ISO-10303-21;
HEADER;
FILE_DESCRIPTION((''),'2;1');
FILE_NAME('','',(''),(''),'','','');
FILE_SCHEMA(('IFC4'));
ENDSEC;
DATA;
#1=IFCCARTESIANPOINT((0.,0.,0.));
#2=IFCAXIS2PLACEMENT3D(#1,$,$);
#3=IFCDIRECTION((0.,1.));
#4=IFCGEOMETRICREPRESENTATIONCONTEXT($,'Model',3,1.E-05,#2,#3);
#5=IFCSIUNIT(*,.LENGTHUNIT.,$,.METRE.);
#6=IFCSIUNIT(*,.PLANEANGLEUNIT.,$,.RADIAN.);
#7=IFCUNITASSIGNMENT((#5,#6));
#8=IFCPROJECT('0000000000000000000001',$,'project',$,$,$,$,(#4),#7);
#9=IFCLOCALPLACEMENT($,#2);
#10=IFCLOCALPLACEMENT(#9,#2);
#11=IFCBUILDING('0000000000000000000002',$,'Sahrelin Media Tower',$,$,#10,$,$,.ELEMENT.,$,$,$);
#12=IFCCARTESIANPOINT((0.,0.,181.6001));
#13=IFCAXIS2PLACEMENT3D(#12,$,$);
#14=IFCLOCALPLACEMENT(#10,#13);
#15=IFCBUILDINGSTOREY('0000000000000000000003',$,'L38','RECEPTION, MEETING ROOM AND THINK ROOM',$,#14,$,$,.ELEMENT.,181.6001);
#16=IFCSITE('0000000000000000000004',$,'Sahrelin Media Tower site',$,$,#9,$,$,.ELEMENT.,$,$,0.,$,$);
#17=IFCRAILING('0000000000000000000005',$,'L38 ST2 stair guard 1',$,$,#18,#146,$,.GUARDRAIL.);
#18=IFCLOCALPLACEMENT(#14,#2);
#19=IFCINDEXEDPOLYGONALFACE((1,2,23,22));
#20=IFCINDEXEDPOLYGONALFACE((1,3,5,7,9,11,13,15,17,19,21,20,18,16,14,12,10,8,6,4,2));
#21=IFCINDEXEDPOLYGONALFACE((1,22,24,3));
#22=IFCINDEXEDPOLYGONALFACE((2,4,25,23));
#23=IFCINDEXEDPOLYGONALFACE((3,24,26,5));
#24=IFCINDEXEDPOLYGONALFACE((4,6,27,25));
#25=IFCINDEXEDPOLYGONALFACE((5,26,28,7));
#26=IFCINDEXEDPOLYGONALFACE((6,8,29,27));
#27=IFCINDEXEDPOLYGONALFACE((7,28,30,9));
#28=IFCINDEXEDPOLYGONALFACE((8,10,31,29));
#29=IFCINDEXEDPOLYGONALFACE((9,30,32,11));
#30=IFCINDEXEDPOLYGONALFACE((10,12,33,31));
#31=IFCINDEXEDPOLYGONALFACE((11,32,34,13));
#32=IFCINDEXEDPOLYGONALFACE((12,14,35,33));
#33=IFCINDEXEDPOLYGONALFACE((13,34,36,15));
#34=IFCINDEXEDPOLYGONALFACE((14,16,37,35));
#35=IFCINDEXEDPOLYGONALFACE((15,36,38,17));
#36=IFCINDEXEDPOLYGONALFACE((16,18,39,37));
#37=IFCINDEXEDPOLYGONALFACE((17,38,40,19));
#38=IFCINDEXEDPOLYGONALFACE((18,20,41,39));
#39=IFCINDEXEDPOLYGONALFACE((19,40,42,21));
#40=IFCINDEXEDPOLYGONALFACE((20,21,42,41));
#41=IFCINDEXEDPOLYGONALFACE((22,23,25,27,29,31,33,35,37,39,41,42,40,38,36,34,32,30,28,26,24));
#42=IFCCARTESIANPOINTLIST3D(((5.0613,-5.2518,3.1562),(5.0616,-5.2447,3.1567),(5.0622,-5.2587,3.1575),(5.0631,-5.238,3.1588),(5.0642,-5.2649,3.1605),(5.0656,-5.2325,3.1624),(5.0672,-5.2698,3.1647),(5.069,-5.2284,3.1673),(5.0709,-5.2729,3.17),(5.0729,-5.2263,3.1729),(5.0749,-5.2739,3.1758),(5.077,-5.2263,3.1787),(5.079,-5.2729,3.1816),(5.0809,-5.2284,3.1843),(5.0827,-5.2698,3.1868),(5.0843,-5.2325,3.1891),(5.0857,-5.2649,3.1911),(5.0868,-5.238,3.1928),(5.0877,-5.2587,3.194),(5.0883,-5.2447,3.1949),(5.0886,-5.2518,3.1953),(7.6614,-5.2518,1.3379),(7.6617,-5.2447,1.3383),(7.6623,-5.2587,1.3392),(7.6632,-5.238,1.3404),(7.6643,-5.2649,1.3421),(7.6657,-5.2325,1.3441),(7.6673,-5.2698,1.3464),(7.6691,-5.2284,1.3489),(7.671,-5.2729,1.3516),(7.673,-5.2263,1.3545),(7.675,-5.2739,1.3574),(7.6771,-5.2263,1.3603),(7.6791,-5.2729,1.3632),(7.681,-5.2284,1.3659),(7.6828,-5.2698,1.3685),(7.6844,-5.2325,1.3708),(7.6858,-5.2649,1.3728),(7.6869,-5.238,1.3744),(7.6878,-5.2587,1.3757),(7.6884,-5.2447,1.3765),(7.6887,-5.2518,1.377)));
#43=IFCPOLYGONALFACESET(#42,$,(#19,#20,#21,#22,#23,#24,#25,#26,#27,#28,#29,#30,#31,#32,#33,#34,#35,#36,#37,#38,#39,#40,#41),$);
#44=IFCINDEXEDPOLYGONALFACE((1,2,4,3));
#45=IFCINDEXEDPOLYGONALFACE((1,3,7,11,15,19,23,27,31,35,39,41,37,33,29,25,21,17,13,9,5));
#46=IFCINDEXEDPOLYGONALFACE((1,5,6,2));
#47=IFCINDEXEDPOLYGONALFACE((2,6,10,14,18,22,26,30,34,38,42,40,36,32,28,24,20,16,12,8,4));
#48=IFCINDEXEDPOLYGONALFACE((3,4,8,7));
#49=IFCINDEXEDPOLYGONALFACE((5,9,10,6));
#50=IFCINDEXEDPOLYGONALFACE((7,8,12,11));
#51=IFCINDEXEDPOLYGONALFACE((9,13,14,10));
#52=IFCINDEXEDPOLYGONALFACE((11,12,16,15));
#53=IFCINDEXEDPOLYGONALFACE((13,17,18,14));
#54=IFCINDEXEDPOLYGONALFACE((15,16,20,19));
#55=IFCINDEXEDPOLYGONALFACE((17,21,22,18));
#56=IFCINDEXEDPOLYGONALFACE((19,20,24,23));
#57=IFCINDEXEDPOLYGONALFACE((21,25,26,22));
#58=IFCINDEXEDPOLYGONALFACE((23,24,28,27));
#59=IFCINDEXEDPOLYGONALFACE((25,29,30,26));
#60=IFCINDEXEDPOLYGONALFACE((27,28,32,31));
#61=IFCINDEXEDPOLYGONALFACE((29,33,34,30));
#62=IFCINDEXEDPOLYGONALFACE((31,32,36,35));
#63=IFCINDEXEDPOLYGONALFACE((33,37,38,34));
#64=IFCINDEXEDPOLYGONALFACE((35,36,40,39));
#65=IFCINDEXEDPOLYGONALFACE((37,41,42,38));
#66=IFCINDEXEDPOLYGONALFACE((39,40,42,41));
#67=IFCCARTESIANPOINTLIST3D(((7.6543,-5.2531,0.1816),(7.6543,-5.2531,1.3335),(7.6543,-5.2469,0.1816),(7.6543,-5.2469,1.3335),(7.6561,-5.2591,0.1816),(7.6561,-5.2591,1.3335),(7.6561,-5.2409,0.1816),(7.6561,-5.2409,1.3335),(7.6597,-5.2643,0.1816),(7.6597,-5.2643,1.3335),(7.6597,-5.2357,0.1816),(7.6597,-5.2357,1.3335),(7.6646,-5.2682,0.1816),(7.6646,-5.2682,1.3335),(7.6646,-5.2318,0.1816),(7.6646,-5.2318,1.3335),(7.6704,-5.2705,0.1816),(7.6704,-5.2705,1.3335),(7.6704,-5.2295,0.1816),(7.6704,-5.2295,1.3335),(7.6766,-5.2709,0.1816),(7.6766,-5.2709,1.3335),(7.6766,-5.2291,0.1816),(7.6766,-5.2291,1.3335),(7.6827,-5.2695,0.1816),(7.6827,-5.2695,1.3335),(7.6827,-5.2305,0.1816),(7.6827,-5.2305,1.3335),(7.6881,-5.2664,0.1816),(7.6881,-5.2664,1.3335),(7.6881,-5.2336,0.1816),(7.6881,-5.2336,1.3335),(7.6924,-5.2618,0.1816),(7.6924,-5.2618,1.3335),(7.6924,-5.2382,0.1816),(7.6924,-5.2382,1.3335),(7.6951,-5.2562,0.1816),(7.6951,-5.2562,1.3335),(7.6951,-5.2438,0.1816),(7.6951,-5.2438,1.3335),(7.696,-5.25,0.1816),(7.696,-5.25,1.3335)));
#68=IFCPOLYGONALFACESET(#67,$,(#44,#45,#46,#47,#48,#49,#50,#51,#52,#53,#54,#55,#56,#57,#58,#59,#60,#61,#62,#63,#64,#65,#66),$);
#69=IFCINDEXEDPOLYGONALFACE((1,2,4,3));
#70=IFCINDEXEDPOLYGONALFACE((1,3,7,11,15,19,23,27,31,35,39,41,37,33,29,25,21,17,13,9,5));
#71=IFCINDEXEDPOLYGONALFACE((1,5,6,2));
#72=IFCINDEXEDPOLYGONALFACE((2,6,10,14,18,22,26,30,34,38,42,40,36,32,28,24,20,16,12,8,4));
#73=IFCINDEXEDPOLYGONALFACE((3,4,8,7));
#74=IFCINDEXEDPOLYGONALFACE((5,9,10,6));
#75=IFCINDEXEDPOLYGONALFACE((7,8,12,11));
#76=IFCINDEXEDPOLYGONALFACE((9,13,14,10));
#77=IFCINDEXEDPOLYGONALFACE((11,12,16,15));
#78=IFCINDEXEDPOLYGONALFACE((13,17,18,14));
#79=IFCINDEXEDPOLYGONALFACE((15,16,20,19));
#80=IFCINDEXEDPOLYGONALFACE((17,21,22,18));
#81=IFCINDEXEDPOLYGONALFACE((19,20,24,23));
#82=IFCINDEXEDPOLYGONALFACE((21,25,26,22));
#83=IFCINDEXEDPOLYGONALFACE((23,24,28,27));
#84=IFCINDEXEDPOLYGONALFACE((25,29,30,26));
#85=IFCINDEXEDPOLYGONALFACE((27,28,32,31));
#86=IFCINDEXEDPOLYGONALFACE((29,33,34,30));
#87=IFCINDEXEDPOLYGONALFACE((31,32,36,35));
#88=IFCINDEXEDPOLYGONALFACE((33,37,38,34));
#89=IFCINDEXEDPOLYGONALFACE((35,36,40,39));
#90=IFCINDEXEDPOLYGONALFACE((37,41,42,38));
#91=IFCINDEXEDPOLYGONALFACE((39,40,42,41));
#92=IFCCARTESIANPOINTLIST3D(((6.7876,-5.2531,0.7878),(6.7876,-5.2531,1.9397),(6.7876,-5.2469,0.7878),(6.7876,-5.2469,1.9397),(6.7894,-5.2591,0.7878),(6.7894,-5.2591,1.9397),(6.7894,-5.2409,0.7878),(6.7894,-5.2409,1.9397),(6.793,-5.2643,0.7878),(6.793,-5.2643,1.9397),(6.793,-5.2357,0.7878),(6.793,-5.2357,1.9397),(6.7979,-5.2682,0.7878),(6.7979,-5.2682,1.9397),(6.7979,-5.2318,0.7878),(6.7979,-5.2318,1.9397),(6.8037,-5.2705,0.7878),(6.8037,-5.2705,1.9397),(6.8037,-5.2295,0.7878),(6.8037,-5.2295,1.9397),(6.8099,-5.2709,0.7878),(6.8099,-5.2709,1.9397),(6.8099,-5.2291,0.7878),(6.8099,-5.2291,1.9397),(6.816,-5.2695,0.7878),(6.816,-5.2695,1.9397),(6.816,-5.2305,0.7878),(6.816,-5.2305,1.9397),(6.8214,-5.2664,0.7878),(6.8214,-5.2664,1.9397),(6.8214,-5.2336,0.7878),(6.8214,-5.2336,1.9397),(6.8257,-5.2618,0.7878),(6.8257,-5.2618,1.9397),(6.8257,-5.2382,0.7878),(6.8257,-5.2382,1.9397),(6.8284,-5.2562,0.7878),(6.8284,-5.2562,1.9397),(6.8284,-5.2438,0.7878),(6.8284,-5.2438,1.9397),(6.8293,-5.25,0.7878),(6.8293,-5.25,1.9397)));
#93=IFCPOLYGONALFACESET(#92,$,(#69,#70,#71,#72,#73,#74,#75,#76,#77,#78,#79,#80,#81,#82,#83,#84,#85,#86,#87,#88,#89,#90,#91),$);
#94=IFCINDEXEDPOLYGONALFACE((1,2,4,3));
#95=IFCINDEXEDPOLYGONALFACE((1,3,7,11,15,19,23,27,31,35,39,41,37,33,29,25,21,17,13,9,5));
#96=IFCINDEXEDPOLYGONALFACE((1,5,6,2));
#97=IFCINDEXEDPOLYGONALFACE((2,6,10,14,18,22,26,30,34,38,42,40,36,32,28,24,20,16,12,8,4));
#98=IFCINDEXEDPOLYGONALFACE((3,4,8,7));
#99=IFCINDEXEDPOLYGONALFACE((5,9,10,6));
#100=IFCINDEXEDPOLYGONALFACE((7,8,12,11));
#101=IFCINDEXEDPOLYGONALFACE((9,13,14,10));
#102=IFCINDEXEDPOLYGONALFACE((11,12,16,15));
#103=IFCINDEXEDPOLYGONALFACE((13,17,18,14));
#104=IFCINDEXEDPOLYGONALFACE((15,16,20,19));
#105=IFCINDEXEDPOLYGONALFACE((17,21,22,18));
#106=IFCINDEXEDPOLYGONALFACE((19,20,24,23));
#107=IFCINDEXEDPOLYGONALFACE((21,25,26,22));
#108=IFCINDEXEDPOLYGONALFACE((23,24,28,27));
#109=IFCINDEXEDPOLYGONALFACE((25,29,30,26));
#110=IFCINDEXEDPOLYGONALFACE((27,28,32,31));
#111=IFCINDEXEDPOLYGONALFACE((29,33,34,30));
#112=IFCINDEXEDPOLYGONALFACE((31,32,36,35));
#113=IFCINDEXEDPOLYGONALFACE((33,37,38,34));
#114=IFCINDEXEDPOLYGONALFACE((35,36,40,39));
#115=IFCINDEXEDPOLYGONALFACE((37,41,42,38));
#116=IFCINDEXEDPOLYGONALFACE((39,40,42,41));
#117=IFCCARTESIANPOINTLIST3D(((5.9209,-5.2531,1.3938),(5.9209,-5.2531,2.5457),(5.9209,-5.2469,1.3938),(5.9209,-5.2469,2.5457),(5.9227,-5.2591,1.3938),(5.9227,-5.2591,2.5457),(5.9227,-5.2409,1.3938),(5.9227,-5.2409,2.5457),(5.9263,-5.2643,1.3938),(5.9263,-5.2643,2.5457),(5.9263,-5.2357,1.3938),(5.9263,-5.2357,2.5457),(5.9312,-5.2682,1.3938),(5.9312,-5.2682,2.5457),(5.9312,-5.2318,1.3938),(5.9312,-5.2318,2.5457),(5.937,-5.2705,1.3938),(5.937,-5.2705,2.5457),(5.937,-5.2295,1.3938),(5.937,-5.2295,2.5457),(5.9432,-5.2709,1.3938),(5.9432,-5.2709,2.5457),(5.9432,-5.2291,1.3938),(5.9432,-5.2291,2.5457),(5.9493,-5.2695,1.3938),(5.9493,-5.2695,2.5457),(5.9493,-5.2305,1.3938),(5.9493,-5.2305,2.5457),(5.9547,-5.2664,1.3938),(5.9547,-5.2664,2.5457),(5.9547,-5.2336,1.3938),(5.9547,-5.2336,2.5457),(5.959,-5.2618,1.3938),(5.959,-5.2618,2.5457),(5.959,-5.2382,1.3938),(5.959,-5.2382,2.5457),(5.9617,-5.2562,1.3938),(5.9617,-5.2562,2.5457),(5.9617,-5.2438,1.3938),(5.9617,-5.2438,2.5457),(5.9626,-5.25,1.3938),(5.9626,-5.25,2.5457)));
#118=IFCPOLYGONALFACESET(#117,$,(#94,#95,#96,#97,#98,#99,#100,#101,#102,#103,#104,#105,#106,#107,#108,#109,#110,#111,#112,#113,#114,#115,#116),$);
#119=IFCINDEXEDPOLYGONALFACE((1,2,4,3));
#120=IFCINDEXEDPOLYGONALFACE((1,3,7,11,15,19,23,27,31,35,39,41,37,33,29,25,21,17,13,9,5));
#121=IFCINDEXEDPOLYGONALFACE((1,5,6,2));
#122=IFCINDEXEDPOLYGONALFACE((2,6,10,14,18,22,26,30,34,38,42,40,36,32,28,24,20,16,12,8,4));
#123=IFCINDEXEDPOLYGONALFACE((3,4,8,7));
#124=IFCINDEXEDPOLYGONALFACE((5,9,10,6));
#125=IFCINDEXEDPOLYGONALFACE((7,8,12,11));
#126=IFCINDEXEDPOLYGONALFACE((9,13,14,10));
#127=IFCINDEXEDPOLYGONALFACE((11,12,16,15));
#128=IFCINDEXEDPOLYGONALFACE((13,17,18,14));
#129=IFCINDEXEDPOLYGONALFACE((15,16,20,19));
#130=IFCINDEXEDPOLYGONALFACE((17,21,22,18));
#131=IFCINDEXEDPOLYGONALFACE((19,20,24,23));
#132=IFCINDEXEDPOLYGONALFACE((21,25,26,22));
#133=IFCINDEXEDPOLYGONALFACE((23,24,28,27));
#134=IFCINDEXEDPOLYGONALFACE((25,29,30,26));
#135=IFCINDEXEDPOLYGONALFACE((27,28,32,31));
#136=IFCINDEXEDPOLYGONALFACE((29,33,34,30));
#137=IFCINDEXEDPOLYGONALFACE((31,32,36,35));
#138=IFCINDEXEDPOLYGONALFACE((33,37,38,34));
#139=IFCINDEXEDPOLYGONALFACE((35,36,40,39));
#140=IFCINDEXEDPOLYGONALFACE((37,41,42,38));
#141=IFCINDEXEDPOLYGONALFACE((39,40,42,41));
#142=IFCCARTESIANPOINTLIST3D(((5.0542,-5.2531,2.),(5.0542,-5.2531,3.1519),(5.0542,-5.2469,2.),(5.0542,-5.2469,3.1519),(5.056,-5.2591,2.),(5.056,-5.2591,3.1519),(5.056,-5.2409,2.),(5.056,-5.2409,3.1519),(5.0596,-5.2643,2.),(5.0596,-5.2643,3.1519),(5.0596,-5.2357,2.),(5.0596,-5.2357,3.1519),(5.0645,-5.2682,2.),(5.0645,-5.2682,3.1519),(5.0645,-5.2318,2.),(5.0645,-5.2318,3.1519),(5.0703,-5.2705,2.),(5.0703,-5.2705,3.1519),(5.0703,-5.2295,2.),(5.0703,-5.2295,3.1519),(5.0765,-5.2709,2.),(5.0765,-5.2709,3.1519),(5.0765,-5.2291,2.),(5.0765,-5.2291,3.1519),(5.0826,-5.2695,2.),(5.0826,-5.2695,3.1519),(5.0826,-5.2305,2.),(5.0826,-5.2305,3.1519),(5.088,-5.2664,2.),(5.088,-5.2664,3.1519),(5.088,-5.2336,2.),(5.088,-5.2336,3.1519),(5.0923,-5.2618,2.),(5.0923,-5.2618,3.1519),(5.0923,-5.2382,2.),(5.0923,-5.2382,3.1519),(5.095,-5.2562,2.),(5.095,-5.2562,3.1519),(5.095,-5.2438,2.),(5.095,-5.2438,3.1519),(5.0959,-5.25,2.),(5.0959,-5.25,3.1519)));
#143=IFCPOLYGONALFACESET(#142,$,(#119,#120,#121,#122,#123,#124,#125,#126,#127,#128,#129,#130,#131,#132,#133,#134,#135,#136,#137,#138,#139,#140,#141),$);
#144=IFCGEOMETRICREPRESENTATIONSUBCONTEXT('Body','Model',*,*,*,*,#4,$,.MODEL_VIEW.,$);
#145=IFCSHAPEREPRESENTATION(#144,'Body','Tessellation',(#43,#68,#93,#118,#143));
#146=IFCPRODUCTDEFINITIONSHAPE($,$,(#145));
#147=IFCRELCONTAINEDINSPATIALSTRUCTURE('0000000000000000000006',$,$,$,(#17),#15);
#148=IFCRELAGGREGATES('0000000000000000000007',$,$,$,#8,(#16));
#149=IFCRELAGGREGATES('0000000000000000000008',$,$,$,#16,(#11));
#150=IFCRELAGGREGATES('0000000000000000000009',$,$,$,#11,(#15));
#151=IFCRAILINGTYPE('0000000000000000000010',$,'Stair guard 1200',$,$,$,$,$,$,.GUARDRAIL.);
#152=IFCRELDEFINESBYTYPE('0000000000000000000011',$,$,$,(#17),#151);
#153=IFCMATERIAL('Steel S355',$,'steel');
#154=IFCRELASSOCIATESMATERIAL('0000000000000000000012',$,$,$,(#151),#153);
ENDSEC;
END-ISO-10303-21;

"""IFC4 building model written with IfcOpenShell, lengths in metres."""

from ifc_helpers import new_model, si_unit, direction, frame, origin, origin_2d, place, context, subcontext, project, spatial, circle, extrude, material, type_object, element, save


model = new_model("IFC4")

# Units and contexts
model_context = context("Model", 3, precision=1e-05, world=origin(), true_north=direction((0.0, 1.0)))
body_context = subcontext(model_context, "Body", "Model", "MODEL_VIEW")
ifc_project = project(units=[si_unit("LENGTHUNIT", "METRE"), si_unit("PLANEANGLEUNIT", "RADIAN")], contexts=[model_context])

# Site, building, storey
site_placement = place(None, origin())
site = spatial("IfcSite", under=ifc_project, at=site_placement, Name="Sahrelin Media Tower site", CompositionType="ELEMENT", RefElevation=0.0)
building_placement = place(site_placement, origin())
building = spatial("IfcBuilding", under=site, at=building_placement, Name="Sahrelin Media Tower", CompositionType="ELEMENT")
storey_placement = place(building_placement, frame((0.0, 0.0, 181.6001)))
storey = spatial("IfcBuildingStorey", under=building, at=storey_placement, Name="L38", Description="RECEPTION, MEETING ROOM AND THINK ROOM", CompositionType="ELEMENT", Elevation=181.6001)

# Railing
ifc_material_1 = material(Name="Steel S355", Category="steel")
railing_type_1 = type_object("IfcRailingType", Name="Stair guard 1200", PredefinedType="GUARDRAIL", material=ifc_material_1)
railing_1_placement = place(storey_placement, frame((7.675, -5.25, 0.1816)))
element("IfcRailing", 1, at=railing_1_placement, inside=storey, type_object=railing_type_1, Name="L38 ST2 stair guard 1", PredefinedType="GUARDRAIL", context=body_context, shape_type="SweptSolid", body=[
    extrude(circle(Radius=0.0239, at=origin_2d()), frame((0.0, 0.0, 1.1758), z_axis=(-0.819485, 0.0, 0.573101), x_axis=(0.0, -1.0, 0.0)), (0.0, 0.0, 1.0), 3.1729),
    extrude(circle(Radius=0.021, at=origin_2d()), origin(), (0.0, 0.0, 1.0), 1.1519),
    extrude(circle(Radius=0.021, at=origin_2d()), frame((-0.8667, 0.0, 0.6062)), (0.0, 0.0, 1.0), 1.1519),
    extrude(circle(Radius=0.021, at=origin_2d()), frame((-1.7334, 0.0, 1.2122)), (0.0, 0.0, 1.0), 1.1519),
    extrude(circle(Radius=0.021, at=origin_2d()), frame((-2.6001, 0.0, 1.8184)), (0.0, 0.0, 1.0), 1.1519),
])

save(model, "model.ifc")
